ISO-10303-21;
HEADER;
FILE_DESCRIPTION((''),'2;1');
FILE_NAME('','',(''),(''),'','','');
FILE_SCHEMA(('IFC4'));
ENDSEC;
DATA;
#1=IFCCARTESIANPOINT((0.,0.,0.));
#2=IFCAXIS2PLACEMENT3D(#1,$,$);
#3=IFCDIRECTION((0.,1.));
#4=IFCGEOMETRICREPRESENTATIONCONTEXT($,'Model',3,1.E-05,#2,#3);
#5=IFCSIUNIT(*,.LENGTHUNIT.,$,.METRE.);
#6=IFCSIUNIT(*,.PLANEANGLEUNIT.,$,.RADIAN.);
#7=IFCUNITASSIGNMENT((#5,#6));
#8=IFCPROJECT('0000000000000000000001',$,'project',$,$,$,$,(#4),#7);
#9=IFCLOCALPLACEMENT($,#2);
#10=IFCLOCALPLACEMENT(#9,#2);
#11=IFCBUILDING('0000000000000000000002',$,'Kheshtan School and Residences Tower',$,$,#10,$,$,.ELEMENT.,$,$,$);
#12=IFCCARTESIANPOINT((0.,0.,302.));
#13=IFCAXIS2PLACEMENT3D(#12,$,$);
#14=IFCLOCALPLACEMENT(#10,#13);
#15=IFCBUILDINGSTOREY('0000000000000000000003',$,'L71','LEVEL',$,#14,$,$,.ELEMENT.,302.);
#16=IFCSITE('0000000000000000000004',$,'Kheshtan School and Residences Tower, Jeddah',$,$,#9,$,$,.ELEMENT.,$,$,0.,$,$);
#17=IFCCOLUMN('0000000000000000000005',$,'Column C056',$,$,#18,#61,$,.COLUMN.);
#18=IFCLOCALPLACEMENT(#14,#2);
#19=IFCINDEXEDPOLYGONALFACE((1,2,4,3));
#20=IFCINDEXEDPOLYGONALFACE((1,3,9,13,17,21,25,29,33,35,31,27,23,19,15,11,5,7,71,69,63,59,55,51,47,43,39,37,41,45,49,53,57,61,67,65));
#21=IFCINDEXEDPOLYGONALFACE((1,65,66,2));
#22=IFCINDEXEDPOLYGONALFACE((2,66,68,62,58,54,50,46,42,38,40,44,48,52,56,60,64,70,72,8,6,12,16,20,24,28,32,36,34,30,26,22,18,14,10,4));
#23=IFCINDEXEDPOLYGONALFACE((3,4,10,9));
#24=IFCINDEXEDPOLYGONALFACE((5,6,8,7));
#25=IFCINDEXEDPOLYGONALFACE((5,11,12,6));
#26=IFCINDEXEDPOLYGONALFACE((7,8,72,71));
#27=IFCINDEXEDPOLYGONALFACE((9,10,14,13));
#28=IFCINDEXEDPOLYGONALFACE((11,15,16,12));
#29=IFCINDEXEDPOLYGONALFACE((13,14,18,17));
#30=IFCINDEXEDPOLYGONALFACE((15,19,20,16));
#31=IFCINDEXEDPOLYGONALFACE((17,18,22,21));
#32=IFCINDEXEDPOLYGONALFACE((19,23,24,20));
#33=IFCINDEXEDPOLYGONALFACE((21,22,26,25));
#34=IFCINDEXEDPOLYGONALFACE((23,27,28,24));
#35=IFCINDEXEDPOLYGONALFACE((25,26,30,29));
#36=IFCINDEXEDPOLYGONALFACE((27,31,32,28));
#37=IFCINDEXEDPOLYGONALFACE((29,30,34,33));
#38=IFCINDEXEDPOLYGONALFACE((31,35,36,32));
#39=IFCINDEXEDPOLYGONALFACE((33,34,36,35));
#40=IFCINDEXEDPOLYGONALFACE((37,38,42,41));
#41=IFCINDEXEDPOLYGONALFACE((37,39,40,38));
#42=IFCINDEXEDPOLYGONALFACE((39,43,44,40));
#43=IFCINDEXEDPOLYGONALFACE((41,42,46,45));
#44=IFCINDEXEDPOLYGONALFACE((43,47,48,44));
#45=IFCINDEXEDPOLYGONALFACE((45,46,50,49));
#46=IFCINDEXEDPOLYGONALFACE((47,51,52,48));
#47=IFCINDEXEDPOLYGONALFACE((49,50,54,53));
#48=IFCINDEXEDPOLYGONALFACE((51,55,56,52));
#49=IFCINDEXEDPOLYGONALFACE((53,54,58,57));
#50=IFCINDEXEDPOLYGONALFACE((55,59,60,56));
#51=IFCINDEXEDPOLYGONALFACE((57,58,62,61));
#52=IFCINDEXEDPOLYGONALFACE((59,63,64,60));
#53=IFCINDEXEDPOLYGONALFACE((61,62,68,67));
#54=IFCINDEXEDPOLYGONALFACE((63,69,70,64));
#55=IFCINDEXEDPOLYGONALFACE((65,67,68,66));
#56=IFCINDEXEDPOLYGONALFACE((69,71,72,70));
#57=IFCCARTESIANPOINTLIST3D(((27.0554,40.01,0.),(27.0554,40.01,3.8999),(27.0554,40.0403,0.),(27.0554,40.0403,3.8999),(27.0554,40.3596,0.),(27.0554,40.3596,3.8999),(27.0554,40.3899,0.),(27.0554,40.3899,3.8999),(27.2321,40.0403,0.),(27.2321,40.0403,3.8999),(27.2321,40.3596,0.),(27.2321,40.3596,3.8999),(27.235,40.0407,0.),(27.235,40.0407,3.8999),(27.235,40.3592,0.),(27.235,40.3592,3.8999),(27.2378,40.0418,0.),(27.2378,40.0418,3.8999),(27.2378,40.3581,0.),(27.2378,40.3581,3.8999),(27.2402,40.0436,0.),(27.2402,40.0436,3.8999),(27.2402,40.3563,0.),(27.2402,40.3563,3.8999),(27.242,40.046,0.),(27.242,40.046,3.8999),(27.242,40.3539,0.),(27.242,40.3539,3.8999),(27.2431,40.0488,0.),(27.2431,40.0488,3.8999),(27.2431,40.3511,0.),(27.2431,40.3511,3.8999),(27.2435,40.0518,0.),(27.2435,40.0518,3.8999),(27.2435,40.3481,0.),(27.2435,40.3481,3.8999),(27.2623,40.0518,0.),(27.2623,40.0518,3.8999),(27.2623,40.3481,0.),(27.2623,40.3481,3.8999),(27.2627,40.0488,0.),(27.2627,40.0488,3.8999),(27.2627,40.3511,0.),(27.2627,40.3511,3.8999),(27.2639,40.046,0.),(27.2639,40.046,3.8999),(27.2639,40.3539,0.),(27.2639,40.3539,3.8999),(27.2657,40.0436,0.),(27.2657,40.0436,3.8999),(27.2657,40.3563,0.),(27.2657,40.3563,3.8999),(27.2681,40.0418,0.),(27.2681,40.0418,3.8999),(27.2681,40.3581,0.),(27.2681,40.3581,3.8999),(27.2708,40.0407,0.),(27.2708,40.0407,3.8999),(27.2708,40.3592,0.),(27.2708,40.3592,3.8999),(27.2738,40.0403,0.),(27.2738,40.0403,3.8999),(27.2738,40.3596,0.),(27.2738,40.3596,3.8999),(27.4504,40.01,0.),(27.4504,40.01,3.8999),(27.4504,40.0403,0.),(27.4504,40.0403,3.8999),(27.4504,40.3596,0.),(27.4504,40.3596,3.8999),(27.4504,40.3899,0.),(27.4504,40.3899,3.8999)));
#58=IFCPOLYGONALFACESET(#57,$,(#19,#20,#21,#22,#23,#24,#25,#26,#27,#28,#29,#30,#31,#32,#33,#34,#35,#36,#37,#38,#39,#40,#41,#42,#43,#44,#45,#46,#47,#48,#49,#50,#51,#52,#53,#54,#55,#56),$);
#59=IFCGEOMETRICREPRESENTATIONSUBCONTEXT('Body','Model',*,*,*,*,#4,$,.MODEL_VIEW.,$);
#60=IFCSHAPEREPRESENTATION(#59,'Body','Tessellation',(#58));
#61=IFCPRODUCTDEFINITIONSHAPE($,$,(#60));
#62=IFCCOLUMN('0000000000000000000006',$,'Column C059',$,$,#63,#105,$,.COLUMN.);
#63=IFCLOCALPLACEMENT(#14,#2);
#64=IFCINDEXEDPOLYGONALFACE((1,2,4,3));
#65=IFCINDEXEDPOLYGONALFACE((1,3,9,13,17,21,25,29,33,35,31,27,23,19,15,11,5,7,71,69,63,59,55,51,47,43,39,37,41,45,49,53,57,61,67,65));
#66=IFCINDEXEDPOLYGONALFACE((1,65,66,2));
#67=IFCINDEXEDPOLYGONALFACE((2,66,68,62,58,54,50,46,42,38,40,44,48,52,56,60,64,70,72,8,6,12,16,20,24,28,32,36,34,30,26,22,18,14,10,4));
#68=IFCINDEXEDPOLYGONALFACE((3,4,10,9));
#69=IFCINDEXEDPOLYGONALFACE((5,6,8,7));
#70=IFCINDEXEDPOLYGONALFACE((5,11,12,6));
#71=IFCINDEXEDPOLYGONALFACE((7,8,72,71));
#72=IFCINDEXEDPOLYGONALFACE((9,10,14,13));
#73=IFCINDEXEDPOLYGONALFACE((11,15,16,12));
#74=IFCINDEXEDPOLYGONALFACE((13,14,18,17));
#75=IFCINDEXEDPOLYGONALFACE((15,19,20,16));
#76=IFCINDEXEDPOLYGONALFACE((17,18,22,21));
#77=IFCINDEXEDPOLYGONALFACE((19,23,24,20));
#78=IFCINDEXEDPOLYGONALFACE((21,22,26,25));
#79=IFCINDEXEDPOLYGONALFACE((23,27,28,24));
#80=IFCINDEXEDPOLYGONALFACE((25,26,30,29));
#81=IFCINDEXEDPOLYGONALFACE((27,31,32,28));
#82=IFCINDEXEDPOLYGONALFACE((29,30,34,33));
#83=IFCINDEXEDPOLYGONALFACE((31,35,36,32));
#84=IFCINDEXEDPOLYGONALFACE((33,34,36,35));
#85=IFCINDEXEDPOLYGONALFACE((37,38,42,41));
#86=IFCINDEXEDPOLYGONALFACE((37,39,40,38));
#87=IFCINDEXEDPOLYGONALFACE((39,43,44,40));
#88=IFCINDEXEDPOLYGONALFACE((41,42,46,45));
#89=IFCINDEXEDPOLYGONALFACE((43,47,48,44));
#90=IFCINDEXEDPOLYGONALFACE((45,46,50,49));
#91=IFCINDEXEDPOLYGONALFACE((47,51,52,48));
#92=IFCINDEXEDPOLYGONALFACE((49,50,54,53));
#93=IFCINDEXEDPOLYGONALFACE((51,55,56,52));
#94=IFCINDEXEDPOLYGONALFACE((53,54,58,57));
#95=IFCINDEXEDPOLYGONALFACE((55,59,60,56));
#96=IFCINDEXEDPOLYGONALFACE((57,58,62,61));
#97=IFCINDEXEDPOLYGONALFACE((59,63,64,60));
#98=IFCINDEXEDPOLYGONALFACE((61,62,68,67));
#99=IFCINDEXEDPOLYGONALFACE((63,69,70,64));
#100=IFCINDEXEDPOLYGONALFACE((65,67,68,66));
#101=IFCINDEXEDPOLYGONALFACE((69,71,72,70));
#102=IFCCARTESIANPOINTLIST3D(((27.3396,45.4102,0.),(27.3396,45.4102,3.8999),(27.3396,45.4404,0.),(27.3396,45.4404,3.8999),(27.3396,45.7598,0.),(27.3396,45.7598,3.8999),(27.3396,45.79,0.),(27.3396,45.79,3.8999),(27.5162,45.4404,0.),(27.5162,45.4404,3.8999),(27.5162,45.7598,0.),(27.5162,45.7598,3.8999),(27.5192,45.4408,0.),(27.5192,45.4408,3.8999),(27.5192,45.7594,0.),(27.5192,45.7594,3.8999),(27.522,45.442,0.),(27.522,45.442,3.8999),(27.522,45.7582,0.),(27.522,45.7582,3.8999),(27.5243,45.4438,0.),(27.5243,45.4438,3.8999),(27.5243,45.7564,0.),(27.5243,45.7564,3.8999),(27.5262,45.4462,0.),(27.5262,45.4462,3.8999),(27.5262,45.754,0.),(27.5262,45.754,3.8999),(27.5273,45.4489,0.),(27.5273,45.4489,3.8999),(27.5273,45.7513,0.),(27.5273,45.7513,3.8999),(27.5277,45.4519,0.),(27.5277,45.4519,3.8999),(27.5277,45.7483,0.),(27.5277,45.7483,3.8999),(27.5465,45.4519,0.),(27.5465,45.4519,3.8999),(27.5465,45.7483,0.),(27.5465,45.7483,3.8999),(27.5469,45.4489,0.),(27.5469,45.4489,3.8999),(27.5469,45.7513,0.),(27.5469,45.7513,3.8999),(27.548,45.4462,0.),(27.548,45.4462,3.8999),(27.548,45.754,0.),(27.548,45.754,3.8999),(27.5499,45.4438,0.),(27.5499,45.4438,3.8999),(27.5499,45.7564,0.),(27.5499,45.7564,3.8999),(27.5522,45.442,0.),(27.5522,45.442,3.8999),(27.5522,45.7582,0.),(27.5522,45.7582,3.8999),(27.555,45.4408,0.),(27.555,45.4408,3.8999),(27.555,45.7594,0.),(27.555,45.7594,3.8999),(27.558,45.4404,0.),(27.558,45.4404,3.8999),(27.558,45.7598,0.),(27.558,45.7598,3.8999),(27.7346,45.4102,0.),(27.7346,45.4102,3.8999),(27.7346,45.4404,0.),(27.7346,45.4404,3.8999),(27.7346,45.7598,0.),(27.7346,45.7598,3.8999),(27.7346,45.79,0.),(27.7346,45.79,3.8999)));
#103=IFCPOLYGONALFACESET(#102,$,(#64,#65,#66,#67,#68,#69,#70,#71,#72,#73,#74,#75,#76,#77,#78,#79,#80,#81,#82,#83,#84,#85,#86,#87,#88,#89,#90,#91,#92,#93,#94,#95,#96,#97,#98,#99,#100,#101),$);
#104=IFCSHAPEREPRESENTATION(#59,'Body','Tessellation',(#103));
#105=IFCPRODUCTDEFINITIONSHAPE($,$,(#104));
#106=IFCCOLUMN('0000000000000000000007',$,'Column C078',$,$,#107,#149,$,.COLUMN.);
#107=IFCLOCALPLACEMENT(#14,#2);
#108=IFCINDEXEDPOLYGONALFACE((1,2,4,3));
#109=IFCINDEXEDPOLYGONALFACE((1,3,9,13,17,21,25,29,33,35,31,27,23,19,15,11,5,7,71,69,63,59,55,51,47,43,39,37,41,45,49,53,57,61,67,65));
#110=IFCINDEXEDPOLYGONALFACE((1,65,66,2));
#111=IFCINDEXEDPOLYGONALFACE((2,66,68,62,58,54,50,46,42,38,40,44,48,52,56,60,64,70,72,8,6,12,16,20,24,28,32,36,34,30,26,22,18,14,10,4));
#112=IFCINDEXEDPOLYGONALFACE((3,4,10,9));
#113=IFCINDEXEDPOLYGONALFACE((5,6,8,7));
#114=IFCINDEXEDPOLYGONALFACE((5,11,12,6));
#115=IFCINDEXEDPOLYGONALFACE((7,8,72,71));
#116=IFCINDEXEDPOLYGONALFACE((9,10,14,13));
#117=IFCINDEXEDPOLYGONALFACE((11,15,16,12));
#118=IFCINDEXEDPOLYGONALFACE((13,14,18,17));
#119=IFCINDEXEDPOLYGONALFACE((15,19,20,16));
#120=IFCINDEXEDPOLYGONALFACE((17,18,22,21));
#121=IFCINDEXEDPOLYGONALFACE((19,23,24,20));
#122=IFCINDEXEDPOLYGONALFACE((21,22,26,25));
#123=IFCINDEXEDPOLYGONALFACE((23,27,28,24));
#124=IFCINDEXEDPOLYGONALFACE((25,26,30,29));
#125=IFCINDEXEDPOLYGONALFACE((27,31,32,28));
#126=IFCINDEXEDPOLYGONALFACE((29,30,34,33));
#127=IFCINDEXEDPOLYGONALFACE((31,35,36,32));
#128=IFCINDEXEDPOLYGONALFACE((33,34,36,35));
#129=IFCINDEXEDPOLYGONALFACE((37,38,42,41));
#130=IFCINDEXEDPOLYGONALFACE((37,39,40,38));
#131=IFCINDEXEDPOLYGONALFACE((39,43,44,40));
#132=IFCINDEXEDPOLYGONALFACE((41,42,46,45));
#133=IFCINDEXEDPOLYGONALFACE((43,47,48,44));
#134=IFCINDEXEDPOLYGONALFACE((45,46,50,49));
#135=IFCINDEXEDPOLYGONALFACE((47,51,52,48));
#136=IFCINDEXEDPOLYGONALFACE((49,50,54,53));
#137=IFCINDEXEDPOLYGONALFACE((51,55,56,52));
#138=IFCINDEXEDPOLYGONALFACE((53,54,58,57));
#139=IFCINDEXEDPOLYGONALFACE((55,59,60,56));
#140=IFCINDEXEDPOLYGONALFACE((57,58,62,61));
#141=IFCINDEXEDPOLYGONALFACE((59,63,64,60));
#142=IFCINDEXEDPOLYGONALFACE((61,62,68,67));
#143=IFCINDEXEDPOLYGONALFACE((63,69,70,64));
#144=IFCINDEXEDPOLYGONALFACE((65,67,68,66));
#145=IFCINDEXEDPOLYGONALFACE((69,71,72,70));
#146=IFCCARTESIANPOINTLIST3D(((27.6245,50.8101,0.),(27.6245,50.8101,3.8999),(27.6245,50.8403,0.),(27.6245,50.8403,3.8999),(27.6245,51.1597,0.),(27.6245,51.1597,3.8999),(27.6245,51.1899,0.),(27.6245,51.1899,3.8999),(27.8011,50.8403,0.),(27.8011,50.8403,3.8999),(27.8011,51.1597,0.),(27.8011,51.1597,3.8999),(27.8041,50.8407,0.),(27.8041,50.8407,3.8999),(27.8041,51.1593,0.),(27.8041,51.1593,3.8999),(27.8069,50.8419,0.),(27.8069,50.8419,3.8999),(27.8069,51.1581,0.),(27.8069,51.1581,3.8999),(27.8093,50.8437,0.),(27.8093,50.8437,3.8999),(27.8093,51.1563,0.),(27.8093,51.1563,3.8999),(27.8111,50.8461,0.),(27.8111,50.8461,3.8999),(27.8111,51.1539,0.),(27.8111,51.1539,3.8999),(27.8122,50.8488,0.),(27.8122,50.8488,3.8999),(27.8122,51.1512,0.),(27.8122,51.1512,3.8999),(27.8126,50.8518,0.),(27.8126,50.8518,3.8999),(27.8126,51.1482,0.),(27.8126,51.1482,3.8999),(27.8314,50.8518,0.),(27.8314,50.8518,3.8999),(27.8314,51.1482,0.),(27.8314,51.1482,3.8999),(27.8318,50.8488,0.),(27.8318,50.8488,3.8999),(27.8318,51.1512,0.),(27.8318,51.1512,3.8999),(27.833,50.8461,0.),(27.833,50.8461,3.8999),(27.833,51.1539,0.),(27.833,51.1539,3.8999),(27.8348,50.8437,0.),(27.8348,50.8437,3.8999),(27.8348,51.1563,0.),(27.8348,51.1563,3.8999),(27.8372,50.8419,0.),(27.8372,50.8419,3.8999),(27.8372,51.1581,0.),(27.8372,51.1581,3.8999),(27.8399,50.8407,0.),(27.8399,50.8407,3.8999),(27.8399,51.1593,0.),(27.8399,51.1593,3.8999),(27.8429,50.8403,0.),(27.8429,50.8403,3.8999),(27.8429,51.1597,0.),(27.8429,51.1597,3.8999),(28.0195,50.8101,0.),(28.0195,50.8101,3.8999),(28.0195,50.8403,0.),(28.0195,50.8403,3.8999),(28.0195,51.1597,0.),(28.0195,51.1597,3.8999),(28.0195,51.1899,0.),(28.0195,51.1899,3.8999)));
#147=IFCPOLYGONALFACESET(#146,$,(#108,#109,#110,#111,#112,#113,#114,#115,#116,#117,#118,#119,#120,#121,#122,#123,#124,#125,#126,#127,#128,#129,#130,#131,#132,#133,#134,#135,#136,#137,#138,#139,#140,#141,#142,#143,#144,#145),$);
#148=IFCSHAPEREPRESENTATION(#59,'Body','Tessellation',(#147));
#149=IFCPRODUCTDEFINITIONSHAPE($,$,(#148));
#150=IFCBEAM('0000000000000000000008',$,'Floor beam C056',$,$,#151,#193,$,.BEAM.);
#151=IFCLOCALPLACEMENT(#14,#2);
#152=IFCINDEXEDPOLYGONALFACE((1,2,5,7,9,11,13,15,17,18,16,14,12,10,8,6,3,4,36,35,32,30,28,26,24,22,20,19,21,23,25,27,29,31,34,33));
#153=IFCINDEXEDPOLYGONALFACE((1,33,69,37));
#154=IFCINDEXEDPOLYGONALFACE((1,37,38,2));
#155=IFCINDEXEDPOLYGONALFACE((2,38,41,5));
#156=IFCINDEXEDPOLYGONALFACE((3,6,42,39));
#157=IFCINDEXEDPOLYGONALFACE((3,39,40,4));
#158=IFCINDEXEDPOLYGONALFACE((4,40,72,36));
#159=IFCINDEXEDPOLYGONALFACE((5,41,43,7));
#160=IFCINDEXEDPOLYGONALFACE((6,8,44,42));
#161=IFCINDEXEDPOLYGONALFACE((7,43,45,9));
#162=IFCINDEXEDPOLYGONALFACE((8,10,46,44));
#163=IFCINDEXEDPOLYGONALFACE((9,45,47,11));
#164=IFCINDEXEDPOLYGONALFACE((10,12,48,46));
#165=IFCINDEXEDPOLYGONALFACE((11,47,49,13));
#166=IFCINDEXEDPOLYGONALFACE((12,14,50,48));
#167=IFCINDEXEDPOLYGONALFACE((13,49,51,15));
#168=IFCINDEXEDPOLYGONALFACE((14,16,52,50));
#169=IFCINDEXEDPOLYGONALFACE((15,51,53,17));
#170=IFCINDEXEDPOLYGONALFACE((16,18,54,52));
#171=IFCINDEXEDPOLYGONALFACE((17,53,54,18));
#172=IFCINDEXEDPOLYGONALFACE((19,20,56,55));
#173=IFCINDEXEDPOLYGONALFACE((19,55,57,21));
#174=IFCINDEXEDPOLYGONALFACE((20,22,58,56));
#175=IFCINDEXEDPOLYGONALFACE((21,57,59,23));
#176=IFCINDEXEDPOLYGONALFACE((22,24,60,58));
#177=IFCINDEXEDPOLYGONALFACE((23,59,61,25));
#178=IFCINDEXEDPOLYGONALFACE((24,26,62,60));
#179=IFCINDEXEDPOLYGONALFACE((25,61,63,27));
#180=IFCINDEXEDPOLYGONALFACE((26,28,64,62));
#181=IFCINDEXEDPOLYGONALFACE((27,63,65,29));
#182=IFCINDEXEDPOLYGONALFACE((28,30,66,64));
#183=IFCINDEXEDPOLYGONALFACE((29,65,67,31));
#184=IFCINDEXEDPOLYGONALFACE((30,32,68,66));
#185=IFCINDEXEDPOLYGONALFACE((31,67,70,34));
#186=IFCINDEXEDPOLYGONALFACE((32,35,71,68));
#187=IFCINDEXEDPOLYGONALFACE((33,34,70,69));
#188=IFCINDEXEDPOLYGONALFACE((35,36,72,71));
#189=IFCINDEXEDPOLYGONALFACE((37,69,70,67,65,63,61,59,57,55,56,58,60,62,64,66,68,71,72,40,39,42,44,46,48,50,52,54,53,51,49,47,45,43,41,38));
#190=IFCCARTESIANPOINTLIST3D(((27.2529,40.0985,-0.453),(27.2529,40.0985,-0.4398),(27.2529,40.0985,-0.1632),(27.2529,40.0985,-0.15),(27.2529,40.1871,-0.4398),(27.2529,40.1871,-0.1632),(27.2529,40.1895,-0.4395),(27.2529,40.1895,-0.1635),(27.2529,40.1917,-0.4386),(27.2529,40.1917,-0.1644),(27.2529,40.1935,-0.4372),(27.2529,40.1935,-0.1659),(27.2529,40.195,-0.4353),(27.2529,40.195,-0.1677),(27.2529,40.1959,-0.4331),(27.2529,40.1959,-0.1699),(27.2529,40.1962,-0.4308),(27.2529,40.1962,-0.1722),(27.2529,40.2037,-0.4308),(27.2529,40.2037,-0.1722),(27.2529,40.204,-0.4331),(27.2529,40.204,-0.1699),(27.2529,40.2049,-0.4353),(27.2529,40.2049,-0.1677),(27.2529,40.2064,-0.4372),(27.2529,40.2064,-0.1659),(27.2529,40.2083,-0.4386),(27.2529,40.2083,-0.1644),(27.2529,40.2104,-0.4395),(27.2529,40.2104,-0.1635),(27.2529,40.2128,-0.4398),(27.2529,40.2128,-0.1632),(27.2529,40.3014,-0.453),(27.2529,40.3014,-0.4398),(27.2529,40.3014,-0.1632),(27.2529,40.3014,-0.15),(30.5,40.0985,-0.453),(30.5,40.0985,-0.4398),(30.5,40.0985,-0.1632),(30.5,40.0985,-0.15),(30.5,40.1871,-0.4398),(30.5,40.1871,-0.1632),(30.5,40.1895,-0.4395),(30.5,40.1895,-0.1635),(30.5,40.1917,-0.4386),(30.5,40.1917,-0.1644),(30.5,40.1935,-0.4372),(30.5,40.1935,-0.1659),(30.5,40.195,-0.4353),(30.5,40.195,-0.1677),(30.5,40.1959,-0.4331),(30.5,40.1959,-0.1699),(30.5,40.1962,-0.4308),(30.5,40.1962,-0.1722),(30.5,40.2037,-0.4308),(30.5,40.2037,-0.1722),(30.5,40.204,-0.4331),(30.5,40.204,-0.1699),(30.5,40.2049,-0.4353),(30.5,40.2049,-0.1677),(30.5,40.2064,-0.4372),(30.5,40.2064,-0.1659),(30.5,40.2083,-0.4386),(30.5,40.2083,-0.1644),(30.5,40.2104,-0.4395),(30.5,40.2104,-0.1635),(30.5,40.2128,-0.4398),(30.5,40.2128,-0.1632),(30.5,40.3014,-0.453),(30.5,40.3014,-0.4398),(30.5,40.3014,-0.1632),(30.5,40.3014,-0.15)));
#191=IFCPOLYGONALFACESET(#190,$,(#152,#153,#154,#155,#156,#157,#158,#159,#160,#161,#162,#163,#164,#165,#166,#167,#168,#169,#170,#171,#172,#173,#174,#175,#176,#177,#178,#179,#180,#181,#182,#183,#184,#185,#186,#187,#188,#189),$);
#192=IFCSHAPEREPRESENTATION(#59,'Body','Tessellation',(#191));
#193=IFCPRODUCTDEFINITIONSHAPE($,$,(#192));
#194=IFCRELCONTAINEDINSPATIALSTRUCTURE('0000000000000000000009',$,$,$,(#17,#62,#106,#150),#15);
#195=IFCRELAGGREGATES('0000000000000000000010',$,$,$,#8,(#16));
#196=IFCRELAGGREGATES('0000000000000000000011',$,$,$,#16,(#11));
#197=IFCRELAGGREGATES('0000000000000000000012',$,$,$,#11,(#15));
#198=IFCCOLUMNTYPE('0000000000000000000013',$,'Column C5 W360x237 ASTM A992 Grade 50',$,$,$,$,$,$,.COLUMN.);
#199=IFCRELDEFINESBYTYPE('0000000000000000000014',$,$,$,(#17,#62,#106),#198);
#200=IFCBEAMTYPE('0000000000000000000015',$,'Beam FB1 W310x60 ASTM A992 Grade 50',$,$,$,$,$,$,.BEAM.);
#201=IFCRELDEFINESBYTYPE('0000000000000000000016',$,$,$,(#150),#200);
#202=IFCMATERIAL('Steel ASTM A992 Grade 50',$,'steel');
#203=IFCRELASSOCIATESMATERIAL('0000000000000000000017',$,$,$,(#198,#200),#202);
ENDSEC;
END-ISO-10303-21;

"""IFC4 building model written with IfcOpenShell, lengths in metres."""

from ifc_helpers import new_model, si_unit, direction, frame, origin, origin_2d, place, context, subcontext, project, spatial, i_section, extrude, material, material_profile, profile_set, type_object, element, save


model = new_model("IFC4")

# Units and contexts
model_context = context("Model", 3, precision=1e-05, world=origin(), true_north=direction((0.0, 1.0)))
body_context = subcontext(model_context, "Body", "Model", "MODEL_VIEW")
ifc_project = project(units=[si_unit("LENGTHUNIT", "METRE"), si_unit("PLANEANGLEUNIT", "RADIAN")], contexts=[model_context])

# Site, building, storey
site_placement = place(None, origin())
site = spatial("IfcSite", under=ifc_project, at=site_placement, Name="Kheshtan School and Residences Tower, Jeddah", CompositionType="ELEMENT", RefElevation=0.0)
building_placement = place(site_placement, origin())
building = spatial("IfcBuilding", under=site, at=building_placement, Name="Kheshtan School and Residences Tower", CompositionType="ELEMENT")
storey_placement = place(building_placement, frame((0.0, 0.0, 302.0)))
storey = spatial("IfcBuildingStorey", under=building, at=storey_placement, Name="L71", Description="LEVEL", CompositionType="ELEMENT", Elevation=302.0)

# Columns
ifc_material_1 = material(Name="Steel ASTM A992 Grade 50", Category="steel")
ifc_material_profile_1 = material_profile(ifc_material_1, i_section(OverallWidth=0.395, OverallDepth=0.3799, WebThickness=0.0188, FlangeThickness=0.0303, FilletRadius=0.0115, at=origin_2d()), Name="W360x237")
ifc_profile_set_1 = profile_set([ifc_material_profile_1], Name="Steel ASTM A992 Grade 50")
column_type = type_object("IfcColumnType", Name="Column C5 W360x237 ASTM A992 Grade 50", PredefinedType="COLUMN", material=ifc_profile_set_1)
for number, where, z_axis, x_axis, name in (
    (1, (27.2529, 40.2, 0.0), (0.0, 0.0, 1.0), (1.0, 0.0, 0.0), "Column C056"),
    (2, (27.5371, 45.6001, 0.0), (0.0, 0.0, 1.0), (1.0, 0.0, 0.0), "Column C059"),
    (3, (27.822, 51.0, 0.0), (0.0, 0.0, 1.0), (1.0, 0.0, 0.0), "Column C078"),
):
    element("IfcColumn", number, at=place(storey_placement, frame(where, z_axis=z_axis, x_axis=x_axis)), inside=storey, type_object=column_type, Name=name, PredefinedType="COLUMN", context=body_context, shape_type="SweptSolid", body=[
        extrude(i_section(OverallWidth=0.395, OverallDepth=0.3799, WebThickness=0.0188, FlangeThickness=0.0303, FilletRadius=0.0115, at=origin_2d()), origin(), (0.0, 0.0, 1.0), 3.8999),
    ])

# Beam
ifc_material_profile_2 = material_profile(ifc_material_1, i_section(OverallWidth=0.2029, OverallDepth=0.303, WebThickness=0.0076, FlangeThickness=0.0132, FilletRadius=0.009, at=origin_2d()), Name="W310x60")
ifc_profile_set_2 = profile_set([ifc_material_profile_2], Name="Steel ASTM A992 Grade 50")
beam_type_1 = type_object("IfcBeamType", Name="Beam FB1 W310x60 ASTM A992 Grade 50", PredefinedType="BEAM", material=ifc_profile_set_2)
beam_1_placement = place(storey_placement, frame((27.2529, 40.2, -0.3015), z_axis=(1.0, 0.0, 0.0), x_axis=(0.0, 1.0, 0.0)))
element("IfcBeam", 4, at=beam_1_placement, inside=storey, type_object=beam_type_1, Name="Floor beam C056", PredefinedType="BEAM", context=body_context, shape_type="SweptSolid", body=[
    extrude(i_section(OverallWidth=0.2029, OverallDepth=0.303, WebThickness=0.0076, FlangeThickness=0.0132, FilletRadius=0.009, at=origin_2d()), origin(), (0.0, 0.0, 1.0), 3.2471),
])

save(model, "model.ifc")
